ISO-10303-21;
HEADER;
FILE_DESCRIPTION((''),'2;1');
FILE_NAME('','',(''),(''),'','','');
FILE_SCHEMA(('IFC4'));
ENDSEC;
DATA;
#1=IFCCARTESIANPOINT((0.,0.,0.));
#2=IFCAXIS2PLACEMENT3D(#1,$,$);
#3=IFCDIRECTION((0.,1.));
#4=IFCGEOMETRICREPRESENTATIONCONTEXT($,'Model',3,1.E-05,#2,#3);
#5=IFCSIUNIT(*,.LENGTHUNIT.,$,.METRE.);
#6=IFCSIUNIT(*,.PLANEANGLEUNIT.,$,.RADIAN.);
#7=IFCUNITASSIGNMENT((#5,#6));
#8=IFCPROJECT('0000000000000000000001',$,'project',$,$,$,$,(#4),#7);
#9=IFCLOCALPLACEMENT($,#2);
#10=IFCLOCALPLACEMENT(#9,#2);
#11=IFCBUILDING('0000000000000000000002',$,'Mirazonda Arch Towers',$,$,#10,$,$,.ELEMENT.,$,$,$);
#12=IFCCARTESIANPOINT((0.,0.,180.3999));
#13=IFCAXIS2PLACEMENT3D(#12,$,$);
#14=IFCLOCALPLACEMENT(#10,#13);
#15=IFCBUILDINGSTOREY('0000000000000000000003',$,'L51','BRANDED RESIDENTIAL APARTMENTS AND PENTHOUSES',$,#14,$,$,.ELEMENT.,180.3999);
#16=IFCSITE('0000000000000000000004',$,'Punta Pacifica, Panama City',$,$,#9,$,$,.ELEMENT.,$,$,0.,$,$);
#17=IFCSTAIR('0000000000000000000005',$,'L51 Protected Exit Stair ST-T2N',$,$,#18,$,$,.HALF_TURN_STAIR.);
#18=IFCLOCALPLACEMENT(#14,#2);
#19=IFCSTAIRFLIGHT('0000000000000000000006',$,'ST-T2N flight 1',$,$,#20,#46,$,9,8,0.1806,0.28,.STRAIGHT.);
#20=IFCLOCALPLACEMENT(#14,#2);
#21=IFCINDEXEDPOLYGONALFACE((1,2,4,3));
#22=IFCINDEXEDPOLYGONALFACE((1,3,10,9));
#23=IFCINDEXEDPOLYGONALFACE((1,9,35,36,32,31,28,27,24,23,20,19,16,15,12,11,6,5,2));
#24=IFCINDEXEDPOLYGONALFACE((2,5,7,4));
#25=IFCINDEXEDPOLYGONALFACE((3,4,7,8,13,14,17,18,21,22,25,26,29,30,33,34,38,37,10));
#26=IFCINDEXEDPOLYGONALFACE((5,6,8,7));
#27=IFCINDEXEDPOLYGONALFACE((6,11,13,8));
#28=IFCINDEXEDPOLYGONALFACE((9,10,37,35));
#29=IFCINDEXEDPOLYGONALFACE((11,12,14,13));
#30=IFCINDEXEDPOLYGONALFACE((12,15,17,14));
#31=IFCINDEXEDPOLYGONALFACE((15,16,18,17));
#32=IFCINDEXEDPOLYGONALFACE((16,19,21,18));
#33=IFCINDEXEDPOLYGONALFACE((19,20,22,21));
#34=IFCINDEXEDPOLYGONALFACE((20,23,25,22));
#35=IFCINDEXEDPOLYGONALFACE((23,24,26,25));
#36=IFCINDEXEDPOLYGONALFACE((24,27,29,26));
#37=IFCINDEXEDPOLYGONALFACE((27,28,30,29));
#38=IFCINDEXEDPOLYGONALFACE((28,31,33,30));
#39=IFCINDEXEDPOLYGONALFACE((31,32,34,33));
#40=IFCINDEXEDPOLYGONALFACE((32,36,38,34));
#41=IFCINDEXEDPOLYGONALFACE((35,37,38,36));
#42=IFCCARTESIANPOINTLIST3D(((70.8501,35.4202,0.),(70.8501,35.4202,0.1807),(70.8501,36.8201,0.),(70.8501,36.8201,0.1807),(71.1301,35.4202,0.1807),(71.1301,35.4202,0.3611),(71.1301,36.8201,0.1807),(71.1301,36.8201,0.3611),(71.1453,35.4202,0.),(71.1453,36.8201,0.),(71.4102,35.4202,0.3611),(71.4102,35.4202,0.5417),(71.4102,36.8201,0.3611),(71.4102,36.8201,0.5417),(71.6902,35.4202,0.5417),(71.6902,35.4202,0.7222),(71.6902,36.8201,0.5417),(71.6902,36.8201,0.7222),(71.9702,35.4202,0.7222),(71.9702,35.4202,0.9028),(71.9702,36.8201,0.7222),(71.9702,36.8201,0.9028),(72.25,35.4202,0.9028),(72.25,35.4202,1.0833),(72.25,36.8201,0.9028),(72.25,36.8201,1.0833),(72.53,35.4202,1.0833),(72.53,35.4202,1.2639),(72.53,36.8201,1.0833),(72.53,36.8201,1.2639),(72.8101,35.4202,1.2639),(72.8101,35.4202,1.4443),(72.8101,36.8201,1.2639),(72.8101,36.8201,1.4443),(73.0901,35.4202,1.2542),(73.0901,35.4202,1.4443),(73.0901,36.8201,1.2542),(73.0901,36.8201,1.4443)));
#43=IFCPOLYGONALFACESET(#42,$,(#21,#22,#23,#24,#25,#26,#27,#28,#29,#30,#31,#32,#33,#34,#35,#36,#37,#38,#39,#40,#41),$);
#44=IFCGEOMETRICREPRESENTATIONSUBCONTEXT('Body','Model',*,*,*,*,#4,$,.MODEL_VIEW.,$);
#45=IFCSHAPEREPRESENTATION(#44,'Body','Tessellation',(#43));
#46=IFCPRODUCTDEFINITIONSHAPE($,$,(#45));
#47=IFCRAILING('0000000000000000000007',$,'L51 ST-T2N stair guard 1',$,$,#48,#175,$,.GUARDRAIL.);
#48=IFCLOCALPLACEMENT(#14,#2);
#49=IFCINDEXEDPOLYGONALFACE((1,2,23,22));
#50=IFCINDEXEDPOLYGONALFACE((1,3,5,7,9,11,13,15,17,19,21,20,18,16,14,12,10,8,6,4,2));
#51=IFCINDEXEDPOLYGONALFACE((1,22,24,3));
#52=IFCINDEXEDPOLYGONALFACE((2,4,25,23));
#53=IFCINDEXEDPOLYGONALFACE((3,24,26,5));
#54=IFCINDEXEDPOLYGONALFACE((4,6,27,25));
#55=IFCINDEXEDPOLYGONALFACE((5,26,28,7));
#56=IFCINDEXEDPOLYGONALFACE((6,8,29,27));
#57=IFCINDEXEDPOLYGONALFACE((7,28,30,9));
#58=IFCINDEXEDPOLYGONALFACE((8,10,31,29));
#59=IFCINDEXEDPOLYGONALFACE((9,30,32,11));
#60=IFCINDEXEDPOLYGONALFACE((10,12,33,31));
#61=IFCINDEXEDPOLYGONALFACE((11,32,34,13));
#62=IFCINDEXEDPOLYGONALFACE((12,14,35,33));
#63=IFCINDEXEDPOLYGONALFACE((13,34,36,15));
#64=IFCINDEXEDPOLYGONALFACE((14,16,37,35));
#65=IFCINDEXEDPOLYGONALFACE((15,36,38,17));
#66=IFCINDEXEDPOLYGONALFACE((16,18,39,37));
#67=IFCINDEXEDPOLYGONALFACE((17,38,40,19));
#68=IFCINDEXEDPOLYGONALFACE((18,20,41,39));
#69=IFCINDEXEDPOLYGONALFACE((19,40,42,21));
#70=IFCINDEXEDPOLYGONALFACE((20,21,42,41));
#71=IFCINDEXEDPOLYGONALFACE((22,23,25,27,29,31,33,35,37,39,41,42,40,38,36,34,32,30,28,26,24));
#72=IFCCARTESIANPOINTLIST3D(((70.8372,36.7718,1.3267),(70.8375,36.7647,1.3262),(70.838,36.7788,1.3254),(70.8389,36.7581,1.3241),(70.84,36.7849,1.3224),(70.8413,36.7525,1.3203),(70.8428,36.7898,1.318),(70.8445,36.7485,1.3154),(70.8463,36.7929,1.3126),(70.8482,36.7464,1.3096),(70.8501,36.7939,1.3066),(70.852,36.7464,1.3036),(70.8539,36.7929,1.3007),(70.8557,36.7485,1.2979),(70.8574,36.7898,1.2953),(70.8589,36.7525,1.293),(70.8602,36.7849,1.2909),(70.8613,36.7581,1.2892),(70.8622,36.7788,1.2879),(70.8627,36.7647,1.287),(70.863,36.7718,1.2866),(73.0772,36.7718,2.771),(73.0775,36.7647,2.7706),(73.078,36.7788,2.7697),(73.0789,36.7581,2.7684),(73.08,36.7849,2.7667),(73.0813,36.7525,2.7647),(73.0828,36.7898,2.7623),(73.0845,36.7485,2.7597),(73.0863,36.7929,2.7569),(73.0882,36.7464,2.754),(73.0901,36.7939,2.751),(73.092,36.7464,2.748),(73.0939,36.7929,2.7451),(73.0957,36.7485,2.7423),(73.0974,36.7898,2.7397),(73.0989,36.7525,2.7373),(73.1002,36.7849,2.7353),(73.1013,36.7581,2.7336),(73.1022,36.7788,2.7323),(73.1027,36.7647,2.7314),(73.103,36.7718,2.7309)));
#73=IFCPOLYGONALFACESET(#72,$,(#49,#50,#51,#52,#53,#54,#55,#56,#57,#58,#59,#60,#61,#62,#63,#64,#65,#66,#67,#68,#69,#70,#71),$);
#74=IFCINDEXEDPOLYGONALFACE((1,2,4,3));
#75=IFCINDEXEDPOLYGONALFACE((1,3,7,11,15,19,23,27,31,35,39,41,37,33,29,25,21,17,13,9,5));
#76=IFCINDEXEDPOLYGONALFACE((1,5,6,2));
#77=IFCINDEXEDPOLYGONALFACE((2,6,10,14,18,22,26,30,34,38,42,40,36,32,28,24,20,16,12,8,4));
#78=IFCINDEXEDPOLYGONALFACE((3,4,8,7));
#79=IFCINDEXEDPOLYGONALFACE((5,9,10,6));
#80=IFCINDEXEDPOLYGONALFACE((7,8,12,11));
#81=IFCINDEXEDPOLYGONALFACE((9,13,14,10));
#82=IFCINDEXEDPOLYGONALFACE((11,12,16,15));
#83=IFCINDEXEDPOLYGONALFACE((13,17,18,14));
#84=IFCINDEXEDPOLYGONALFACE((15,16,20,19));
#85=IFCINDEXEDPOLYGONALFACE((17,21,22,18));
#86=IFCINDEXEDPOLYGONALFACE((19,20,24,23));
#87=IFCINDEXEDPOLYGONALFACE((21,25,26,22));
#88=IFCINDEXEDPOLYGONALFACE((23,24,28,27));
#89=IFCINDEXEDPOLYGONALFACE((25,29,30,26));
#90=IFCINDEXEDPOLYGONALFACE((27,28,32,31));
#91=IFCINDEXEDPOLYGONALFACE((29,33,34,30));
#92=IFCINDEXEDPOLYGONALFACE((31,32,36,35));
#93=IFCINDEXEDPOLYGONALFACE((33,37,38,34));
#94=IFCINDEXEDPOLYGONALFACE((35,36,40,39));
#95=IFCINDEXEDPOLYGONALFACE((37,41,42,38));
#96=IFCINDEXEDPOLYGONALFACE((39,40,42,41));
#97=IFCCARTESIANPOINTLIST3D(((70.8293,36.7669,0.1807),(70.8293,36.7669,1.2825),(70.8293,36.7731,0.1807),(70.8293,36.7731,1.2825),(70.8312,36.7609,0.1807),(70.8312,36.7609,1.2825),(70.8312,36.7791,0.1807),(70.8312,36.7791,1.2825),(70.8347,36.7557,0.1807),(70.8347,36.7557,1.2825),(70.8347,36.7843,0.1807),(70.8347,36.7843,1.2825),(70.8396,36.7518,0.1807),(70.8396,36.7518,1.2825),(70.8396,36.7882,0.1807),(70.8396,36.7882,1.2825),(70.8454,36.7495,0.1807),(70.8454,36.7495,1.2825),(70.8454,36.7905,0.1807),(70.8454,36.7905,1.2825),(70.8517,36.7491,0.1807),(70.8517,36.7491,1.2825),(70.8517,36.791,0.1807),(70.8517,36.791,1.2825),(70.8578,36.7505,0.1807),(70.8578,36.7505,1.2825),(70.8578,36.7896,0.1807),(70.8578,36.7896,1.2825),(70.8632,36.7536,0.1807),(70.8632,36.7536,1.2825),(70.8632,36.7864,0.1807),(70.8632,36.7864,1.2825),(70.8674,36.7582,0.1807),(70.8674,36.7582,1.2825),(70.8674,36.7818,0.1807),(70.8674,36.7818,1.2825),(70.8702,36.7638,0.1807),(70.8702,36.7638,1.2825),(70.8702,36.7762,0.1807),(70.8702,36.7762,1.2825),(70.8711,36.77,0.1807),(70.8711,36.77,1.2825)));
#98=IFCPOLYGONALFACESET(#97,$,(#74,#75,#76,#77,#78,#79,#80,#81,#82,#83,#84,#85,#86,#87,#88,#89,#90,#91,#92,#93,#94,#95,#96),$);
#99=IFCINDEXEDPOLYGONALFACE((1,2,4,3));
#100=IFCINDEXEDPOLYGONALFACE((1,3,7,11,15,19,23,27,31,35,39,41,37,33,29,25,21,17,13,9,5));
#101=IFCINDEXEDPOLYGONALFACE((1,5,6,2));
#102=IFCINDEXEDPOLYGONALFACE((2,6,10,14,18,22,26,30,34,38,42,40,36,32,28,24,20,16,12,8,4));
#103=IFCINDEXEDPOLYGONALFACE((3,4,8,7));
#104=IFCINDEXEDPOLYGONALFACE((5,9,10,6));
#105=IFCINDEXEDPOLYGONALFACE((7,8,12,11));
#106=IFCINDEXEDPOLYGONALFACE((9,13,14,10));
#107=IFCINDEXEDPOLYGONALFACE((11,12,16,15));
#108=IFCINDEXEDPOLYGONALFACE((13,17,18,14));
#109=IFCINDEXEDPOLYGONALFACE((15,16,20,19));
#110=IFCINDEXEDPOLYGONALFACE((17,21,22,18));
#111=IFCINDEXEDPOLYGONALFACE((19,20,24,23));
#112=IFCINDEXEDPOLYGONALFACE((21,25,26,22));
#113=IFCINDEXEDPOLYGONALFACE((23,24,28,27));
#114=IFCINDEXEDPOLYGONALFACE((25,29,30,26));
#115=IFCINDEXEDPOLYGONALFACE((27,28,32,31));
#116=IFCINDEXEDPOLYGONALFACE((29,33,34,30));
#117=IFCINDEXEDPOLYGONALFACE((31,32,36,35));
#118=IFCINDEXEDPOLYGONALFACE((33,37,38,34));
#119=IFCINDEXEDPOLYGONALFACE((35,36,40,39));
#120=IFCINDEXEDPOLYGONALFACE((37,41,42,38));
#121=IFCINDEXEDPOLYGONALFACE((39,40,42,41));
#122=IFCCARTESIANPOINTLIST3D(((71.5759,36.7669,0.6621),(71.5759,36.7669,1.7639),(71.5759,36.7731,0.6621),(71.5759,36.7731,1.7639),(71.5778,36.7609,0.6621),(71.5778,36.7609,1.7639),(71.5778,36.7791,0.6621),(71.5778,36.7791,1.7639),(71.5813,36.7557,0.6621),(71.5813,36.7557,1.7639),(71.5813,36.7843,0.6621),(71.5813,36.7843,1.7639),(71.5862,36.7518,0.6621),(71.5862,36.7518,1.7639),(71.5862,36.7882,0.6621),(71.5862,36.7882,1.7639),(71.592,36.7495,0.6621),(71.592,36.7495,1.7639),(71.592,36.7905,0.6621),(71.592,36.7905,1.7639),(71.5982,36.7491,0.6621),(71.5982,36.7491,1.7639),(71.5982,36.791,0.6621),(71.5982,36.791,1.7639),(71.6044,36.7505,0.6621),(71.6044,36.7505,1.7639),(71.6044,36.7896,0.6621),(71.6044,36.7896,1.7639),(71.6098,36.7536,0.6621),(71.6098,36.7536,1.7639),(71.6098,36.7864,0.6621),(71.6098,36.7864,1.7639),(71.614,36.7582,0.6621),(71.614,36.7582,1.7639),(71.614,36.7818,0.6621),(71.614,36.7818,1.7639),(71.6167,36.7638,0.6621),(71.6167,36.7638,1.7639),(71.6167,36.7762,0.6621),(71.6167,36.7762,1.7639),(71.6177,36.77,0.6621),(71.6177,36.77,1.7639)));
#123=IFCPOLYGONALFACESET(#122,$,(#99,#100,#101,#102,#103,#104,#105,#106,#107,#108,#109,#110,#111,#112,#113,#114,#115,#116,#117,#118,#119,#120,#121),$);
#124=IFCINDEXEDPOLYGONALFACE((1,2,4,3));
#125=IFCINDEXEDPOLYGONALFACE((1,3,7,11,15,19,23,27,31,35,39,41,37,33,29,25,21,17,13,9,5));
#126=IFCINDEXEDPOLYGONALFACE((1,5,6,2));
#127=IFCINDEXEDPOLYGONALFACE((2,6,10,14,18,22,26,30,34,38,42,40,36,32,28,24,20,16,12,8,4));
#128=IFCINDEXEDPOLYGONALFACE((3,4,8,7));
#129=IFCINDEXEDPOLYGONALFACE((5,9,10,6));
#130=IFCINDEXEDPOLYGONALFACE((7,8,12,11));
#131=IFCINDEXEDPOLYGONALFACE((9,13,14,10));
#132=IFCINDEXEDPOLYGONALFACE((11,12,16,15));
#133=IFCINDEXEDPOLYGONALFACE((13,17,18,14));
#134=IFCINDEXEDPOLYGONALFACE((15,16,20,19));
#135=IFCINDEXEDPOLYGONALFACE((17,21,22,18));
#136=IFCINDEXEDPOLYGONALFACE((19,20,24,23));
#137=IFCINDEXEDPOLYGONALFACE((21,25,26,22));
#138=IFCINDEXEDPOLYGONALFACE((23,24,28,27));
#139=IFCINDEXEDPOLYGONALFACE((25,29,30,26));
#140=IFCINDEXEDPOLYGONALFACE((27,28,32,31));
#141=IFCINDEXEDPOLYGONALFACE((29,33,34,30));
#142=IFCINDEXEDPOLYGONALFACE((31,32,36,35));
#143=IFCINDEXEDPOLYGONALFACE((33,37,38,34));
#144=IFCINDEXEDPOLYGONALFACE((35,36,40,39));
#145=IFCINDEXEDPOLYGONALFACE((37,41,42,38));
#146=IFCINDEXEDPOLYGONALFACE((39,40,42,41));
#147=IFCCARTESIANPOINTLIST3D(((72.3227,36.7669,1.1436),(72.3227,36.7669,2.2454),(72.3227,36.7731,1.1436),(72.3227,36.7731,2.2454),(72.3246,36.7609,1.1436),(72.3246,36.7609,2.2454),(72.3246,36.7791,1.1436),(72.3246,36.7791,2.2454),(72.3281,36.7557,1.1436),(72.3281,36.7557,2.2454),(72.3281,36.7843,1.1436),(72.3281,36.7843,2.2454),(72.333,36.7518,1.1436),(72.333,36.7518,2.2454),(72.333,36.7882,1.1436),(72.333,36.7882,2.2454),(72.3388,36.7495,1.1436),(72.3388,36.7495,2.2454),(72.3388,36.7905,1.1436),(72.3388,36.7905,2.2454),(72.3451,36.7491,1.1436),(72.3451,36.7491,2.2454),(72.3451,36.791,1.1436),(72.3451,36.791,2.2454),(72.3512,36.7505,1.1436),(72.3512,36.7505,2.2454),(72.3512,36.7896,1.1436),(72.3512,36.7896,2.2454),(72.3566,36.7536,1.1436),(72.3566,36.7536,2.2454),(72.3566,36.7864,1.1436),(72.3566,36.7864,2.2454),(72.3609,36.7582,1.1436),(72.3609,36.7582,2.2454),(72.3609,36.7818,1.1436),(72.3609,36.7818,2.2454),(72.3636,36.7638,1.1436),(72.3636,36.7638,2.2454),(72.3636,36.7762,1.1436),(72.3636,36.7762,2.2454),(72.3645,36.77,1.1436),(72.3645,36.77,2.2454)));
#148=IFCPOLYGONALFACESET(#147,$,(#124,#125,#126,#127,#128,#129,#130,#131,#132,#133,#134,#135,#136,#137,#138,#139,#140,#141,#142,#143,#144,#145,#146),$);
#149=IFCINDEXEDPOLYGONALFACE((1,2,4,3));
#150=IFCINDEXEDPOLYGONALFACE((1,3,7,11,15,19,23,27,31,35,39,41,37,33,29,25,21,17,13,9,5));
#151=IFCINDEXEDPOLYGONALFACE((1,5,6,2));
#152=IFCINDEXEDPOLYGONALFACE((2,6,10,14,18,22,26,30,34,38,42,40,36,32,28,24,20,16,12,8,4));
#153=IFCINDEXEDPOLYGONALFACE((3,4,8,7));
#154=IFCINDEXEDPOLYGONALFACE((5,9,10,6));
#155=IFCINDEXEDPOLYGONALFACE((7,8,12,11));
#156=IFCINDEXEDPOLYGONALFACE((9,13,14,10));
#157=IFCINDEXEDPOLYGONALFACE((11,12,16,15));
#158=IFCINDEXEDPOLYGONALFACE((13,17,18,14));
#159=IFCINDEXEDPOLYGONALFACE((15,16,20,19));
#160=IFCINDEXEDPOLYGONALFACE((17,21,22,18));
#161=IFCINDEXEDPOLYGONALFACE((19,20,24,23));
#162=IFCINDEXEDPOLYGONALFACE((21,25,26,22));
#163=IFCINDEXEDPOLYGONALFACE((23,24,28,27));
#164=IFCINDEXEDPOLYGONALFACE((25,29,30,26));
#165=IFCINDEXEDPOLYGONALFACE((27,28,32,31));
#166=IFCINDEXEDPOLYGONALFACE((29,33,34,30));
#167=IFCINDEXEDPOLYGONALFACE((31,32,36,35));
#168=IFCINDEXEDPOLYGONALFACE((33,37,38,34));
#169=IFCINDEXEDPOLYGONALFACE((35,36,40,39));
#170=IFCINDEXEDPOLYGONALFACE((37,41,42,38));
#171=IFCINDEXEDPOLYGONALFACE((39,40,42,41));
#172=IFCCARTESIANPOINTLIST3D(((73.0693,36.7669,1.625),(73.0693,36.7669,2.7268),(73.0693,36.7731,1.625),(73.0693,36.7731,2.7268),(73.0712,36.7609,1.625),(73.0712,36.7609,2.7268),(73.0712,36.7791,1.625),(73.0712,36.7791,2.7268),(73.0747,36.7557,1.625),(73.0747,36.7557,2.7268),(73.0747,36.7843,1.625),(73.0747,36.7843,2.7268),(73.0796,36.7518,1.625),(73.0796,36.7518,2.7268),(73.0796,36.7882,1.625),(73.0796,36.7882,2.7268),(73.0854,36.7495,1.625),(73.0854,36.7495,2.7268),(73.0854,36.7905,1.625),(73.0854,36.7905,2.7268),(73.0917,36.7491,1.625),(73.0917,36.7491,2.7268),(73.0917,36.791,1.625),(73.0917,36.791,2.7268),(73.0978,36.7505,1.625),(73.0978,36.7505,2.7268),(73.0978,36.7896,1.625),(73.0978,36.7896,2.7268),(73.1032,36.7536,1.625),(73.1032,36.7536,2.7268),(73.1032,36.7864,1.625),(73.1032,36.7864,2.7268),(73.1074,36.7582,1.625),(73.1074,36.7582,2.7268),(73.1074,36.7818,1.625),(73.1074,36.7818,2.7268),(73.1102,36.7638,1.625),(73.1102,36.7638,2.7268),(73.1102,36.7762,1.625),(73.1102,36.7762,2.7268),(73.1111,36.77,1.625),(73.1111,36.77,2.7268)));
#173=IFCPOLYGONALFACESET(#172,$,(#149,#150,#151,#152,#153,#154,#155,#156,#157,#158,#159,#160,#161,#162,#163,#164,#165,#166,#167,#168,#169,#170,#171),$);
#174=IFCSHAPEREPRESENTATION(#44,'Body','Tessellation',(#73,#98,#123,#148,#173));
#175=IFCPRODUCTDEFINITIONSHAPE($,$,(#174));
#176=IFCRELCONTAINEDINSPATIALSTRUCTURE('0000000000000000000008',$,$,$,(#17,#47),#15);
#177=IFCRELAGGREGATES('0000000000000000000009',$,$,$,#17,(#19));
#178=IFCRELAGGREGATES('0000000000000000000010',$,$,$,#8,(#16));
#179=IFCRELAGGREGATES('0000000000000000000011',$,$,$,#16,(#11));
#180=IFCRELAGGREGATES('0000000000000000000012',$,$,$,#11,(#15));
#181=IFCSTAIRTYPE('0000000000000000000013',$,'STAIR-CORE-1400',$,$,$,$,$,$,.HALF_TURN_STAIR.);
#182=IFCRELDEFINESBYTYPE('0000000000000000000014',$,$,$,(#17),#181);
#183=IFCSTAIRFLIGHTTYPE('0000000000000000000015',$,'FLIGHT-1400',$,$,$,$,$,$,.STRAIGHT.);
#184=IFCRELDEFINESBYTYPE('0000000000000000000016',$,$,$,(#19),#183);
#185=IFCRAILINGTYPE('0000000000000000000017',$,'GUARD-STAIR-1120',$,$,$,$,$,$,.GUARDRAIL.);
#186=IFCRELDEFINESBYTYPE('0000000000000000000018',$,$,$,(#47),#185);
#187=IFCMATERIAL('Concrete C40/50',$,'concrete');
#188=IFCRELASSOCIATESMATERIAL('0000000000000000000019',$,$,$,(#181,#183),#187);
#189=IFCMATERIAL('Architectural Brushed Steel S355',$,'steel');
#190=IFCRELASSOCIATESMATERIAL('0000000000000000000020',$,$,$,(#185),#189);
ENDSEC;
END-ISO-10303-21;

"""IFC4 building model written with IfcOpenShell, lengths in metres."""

from ifc_helpers import new_model, si_unit, direction, frame, origin, origin_2d, place, context, subcontext, project, spatial, polyline, circle, outline, extrude, material, type_object, element, aggregate, save


model = new_model("IFC4")

# Units and contexts
model_context = context("Model", 3, precision=1e-05, world=origin(), true_north=direction((0.0, 1.0)))
body_context = subcontext(model_context, "Body", "Model", "MODEL_VIEW")
ifc_project = project(units=[si_unit("LENGTHUNIT", "METRE"), si_unit("PLANEANGLEUNIT", "RADIAN")], contexts=[model_context])

# Site, building, storey
site_placement = place(None, origin())
site = spatial("IfcSite", under=ifc_project, at=site_placement, Name="Punta Pacifica, Panama City", CompositionType="ELEMENT", RefElevation=0.0)
building_placement = place(site_placement, origin())
building = spatial("IfcBuilding", under=site, at=building_placement, Name="Mirazonda Arch Towers", CompositionType="ELEMENT")
storey_placement = place(building_placement, frame((0.0, 0.0, 180.3999)))
storey = spatial("IfcBuildingStorey", under=building, at=storey_placement, Name="L51", Description="BRANDED RESIDENTIAL APARTMENTS AND PENTHOUSES", CompositionType="ELEMENT", Elevation=180.3999)

# Stair, stair flight
ifc_material_1 = material(Name="Concrete C40/50", Category="concrete")
stair_type = type_object("IfcStairType", Name="STAIR-CORE-1400", PredefinedType="HALF_TURN_STAIR", material=ifc_material_1)
stair_placement = place(storey_placement, origin())
stair = element("IfcStair", 1, at=stair_placement, inside=storey, type_object=stair_type, Name="L51 Protected Exit Stair ST-T2N", PredefinedType="HALF_TURN_STAIR")
stair_flight_type = type_object("IfcStairFlightType", Name="FLIGHT-1400", PredefinedType="STRAIGHT", material=ifc_material_1)
stair_flight_placement = place(storey_placement, frame((70.8501, 36.1201, 0.0), z_axis=(0.0, 0.0, 1.0), x_axis=(1.0, 0.0, 0.0)))
stair_flight = element("IfcStairFlight", 2, at=stair_flight_placement, type_object=stair_flight_type, Name="ST-T2N flight 1", NumberOfRisers=9, NumberOfTreads=8, PredefinedType="STRAIGHT", RiserHeight=0.1806, TreadLength=0.28, context=body_context, shape_type="SweptSolid", body=[
    extrude(outline(polyline([(0.0, 0.0), (0.0, 0.1807), (0.28, 0.1807), (0.28, 0.3611), (0.5601, 0.3611), (0.5601, 0.5417), (0.8401, 0.5417), (0.8401, 0.7222), (1.1201, 0.7222), (1.1201, 0.9028), (1.3999, 0.9028), (1.3999, 1.0833), (1.6799, 1.0833), (1.6799, 1.2639), (1.96, 1.2639), (1.96, 1.4443), (2.24, 1.4443), (2.24, 1.625), (2.24, 1.2542), (0.2952, 0.0), (0.0, 0.0)])), frame((0.0, 0.7, 0.0), z_axis=(0.0, -1.0, 0.0), x_axis=(1.0, 0.0, 0.0)), (0.0, 0.0, 1.0), 1.3999),
])
aggregate(stair, [stair_flight])

# Railing
ifc_material_2 = material(Name="Architectural Brushed Steel S355", Category="steel")
railing_type_1 = type_object("IfcRailingType", Name="GUARD-STAIR-1120", PredefinedType="GUARDRAIL", material=ifc_material_2)
railing_1_placement = place(storey_placement, frame((70.8501, 36.77, 0.1807)))
element("IfcRailing", 3, at=railing_1_placement, inside=storey, type_object=railing_type_1, Name="L51 ST-T2N stair guard 1", PredefinedType="GUARDRAIL", context=body_context, shape_type="SweptSolid", body=[
    extrude(circle(Radius=0.0239, at=origin_2d()), frame((0.0, 0.0, 1.126), z_axis=(0.840437, 0.0, 0.54191), x_axis=(0.0, 1.0, 0.0)), (0.0, 0.0, 1.0), 2.6653),
    extrude(circle(Radius=0.021, at=origin_2d()), origin(), (0.0, 0.0, 1.0), 1.1018),
    extrude(circle(Radius=0.021, at=origin_2d()), frame((0.7466, 0.0, 0.4814)), (0.0, 0.0, 1.0), 1.1018),
    extrude(circle(Radius=0.021, at=origin_2d()), frame((1.4934, 0.0, 0.9629)), (0.0, 0.0, 1.0), 1.1018),
    extrude(circle(Radius=0.021, at=origin_2d()), frame((2.24, 0.0, 1.4443)), (0.0, 0.0, 1.0), 1.1018),
])

save(model, "model.ifc")
